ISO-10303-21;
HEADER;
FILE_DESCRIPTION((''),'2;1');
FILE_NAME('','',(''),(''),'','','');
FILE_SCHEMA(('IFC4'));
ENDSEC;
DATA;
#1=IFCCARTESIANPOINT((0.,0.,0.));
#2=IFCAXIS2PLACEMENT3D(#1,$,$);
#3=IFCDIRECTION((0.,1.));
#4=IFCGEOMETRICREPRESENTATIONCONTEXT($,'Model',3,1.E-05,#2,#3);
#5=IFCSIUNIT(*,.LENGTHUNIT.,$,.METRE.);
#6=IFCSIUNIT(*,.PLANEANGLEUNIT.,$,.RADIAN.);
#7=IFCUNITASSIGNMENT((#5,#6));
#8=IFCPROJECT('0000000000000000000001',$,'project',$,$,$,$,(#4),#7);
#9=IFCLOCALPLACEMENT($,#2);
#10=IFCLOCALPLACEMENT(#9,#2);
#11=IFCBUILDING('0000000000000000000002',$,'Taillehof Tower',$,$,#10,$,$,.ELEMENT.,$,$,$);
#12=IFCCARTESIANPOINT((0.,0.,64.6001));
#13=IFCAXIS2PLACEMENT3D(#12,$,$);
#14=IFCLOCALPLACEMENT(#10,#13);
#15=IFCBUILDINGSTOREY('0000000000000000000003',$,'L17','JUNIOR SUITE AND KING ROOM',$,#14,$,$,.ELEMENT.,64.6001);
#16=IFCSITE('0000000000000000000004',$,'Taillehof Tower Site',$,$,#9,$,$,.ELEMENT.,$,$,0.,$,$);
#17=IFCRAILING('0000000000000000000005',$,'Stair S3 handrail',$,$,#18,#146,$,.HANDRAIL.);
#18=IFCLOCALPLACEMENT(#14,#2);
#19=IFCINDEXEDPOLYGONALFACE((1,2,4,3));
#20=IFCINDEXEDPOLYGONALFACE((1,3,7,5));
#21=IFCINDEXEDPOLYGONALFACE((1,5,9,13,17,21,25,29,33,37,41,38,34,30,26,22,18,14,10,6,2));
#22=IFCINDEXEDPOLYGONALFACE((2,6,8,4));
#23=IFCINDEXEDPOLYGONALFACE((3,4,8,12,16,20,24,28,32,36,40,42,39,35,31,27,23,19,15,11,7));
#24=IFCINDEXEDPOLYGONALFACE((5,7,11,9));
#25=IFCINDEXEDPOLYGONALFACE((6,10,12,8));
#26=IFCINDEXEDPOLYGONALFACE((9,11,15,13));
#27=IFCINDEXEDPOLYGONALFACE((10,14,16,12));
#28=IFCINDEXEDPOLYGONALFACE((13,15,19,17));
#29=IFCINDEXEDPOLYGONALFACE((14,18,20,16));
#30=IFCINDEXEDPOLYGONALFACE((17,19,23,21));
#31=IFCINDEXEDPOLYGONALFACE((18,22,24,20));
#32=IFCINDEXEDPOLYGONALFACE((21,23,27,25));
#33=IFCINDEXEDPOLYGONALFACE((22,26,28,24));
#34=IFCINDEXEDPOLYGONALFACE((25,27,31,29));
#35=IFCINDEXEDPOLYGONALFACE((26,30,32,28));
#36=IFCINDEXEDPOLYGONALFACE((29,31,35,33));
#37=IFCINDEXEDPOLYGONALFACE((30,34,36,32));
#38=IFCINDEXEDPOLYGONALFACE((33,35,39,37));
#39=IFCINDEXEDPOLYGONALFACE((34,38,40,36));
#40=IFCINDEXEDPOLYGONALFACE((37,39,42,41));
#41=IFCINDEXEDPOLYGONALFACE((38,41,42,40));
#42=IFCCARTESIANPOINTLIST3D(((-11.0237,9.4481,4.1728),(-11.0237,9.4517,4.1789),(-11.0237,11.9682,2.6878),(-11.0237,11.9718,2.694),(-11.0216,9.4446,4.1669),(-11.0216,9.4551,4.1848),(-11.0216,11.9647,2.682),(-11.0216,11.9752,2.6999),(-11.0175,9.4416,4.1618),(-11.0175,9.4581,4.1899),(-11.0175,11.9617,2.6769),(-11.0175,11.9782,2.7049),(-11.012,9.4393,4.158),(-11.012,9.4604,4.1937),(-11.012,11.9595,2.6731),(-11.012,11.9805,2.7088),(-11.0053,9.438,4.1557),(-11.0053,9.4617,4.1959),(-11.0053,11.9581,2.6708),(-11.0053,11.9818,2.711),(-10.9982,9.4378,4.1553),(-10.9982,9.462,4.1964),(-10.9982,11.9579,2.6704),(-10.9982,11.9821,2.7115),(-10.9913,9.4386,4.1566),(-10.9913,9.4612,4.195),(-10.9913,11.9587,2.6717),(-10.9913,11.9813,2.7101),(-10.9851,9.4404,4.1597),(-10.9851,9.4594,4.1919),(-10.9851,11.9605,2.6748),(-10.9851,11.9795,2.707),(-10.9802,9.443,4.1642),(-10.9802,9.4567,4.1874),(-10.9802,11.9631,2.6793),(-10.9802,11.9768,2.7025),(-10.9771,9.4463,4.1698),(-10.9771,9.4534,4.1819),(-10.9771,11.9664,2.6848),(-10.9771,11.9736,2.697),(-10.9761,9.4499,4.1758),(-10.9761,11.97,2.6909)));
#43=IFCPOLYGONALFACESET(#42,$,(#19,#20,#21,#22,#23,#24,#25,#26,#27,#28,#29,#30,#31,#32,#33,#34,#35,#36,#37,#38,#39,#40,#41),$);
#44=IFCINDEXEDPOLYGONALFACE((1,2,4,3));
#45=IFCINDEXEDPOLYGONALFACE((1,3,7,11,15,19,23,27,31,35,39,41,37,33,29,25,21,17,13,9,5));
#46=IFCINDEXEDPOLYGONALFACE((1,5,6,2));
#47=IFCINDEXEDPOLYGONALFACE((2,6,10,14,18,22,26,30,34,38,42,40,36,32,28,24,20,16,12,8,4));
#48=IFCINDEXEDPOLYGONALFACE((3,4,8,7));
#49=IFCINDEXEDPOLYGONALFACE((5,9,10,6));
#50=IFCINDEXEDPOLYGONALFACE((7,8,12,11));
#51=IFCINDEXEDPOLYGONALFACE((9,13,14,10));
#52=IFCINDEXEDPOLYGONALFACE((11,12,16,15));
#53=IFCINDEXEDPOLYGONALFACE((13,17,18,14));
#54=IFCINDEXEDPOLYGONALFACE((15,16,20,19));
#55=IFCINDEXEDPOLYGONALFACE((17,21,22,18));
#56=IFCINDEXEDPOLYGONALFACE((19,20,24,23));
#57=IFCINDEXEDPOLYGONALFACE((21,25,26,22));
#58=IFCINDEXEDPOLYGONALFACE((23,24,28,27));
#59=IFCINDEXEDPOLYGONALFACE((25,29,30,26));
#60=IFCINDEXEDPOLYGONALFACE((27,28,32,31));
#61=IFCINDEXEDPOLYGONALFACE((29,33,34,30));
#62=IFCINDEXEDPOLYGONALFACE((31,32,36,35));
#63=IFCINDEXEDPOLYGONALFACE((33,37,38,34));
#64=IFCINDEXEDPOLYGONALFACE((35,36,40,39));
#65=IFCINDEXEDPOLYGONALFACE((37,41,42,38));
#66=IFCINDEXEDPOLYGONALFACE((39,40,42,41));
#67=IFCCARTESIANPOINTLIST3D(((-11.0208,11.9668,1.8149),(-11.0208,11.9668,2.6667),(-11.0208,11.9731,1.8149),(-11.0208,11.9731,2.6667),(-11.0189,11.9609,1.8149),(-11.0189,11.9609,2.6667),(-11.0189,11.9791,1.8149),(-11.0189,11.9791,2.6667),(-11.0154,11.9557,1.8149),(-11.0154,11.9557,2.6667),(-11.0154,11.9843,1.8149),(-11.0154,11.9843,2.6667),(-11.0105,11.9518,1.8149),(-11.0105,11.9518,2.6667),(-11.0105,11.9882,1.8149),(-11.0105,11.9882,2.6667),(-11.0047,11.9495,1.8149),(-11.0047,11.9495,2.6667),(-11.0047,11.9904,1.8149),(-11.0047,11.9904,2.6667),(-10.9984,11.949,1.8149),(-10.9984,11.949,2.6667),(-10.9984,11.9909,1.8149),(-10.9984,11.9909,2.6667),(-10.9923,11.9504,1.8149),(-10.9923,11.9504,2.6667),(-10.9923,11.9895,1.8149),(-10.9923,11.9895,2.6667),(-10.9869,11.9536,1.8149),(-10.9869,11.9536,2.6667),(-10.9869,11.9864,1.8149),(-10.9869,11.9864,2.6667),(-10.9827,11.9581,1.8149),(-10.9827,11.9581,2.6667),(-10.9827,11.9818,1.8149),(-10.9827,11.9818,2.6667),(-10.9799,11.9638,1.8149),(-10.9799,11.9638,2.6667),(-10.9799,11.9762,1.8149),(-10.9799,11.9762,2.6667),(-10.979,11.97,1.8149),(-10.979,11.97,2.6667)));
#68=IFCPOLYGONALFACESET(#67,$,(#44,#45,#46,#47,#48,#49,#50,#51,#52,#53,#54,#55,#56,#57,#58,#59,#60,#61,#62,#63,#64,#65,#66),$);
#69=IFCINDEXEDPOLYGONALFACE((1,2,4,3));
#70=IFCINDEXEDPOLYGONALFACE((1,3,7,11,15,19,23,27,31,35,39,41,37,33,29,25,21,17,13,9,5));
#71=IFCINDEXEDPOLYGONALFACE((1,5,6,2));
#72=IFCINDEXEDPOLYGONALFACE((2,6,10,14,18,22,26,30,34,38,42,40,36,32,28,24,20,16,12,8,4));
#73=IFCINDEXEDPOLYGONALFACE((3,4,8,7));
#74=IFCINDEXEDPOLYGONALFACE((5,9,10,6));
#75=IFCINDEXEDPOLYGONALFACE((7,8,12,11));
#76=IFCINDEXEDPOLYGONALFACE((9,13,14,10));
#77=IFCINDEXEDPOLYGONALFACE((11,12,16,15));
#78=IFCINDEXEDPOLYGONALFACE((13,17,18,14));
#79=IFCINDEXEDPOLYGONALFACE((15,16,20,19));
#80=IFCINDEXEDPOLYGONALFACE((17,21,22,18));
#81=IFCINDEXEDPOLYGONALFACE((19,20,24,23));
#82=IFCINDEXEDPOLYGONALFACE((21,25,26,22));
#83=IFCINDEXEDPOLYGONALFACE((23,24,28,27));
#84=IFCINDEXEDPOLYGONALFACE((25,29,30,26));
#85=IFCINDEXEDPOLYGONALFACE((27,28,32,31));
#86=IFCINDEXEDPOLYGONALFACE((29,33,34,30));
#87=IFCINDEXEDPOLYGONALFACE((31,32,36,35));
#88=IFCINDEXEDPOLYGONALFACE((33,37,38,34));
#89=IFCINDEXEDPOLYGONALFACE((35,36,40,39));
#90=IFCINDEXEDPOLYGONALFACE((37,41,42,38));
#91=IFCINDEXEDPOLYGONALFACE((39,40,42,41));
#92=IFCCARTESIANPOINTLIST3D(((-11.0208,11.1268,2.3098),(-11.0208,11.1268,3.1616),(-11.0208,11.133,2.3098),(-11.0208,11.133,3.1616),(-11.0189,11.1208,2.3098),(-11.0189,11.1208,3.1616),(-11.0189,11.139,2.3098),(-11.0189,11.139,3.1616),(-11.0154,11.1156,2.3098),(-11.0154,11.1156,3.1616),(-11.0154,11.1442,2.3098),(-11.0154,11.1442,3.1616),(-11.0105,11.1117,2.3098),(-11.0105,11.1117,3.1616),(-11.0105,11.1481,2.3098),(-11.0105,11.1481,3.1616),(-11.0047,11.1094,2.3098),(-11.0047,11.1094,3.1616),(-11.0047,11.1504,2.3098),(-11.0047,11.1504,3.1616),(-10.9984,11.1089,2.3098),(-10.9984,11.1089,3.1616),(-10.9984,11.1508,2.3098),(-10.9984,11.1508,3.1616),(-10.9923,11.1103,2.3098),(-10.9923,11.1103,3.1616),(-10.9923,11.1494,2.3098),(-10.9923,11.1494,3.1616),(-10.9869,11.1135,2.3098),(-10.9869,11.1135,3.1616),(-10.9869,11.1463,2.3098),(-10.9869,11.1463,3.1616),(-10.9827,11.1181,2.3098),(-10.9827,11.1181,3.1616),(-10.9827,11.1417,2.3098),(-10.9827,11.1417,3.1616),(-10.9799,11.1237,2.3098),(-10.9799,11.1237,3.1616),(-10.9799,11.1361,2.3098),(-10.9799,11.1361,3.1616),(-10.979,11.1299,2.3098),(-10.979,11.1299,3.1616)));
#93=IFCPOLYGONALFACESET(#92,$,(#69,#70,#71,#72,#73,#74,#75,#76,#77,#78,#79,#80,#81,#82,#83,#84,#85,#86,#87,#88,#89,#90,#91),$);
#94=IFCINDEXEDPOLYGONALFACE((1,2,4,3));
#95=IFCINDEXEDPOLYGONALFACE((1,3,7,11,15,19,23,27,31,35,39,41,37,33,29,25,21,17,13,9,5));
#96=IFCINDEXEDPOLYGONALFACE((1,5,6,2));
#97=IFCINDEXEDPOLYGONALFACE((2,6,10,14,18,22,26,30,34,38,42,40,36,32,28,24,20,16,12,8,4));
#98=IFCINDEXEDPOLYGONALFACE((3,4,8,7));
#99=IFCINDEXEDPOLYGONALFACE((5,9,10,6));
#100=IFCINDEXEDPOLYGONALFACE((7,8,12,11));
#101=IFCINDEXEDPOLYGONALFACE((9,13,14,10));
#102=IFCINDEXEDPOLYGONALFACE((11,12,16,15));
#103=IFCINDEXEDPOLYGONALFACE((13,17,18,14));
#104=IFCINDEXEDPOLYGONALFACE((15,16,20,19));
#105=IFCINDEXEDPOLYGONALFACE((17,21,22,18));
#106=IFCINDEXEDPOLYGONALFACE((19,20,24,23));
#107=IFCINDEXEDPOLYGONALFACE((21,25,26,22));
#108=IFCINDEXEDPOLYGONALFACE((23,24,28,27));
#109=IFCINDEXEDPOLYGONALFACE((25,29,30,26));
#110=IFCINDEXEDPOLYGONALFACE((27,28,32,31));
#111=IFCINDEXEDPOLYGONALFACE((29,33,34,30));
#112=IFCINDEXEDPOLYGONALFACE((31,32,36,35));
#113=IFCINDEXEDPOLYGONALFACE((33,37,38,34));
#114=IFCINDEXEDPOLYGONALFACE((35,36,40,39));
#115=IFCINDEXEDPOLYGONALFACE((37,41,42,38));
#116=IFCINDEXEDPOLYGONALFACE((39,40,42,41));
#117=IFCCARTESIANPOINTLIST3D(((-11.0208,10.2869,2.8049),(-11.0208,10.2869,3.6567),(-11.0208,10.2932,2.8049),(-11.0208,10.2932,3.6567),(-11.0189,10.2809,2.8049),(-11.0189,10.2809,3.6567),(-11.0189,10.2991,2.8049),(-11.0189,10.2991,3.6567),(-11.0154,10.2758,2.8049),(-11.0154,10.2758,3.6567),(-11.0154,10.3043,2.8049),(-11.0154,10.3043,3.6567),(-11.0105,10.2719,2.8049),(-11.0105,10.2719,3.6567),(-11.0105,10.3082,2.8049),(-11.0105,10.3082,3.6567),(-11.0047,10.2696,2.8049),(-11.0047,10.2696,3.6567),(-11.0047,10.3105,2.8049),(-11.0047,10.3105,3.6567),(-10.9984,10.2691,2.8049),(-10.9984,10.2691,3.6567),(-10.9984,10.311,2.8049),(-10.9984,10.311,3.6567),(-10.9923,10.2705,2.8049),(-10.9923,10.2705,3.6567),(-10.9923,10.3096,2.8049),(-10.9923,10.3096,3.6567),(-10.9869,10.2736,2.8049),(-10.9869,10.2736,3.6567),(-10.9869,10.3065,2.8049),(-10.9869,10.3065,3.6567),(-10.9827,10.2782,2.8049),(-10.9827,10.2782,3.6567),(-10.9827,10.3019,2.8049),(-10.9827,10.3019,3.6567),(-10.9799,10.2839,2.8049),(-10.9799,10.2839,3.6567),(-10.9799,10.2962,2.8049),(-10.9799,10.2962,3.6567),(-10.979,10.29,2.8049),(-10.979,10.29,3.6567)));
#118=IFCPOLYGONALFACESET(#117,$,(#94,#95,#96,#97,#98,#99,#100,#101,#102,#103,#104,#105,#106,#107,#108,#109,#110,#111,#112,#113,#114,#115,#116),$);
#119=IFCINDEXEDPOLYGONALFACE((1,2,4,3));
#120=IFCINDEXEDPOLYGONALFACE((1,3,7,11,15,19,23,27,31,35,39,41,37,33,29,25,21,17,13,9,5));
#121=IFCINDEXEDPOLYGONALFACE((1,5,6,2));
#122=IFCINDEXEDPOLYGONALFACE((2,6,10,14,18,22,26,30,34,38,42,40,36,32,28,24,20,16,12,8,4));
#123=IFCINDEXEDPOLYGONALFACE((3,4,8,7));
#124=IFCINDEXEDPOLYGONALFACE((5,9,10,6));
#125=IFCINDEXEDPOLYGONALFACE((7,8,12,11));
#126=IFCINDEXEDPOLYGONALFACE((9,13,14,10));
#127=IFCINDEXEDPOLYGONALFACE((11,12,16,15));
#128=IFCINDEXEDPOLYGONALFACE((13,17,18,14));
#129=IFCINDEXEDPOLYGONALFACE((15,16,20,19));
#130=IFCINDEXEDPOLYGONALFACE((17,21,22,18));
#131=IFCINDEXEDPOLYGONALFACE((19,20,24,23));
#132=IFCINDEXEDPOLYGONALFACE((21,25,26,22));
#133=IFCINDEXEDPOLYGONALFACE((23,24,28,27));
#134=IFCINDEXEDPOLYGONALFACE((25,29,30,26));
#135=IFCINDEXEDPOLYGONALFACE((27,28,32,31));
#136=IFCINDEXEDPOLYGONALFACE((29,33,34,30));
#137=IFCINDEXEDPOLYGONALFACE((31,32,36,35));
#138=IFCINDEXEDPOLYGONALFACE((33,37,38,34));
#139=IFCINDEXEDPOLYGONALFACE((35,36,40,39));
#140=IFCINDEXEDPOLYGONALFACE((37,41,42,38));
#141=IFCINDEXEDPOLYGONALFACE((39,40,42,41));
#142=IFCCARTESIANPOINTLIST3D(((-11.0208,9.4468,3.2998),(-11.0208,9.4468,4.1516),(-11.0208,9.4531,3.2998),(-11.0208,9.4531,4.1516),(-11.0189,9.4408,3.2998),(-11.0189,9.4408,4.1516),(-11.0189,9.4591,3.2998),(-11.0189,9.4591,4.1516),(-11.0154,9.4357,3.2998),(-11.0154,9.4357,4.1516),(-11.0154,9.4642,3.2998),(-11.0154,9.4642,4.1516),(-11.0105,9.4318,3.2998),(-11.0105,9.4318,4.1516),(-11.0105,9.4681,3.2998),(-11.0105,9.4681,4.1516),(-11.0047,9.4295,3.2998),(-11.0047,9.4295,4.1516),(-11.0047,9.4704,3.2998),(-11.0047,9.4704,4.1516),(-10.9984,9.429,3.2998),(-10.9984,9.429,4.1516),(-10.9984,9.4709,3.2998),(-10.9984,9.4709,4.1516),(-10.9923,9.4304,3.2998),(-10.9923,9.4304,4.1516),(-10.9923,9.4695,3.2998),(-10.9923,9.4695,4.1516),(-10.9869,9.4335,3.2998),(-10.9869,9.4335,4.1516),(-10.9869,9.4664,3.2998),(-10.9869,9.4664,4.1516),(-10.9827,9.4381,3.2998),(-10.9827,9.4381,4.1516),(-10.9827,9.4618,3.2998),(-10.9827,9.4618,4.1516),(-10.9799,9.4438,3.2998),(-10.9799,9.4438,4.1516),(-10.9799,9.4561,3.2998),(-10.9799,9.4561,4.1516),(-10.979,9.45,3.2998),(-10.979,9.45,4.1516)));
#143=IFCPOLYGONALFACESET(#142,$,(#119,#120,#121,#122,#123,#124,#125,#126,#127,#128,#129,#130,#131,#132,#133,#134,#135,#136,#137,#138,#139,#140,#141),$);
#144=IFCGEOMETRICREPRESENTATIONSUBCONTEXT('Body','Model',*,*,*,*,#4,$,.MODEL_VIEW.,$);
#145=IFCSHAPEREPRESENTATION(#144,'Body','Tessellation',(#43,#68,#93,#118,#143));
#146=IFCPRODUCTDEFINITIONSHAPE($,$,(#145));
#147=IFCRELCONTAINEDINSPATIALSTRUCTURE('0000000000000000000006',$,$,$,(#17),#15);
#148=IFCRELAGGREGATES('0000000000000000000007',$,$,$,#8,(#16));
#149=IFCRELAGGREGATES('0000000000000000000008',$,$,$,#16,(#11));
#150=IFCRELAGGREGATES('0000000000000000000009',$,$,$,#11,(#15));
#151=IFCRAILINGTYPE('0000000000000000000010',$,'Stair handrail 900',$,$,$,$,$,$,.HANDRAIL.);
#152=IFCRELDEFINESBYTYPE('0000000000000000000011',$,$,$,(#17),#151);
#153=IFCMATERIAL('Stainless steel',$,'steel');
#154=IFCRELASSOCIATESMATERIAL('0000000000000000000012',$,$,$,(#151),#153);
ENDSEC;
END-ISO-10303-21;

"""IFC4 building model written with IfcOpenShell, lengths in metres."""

from ifc_helpers import new_model, si_unit, direction, frame, origin, origin_2d, place, context, subcontext, project, spatial, circle, extrude, material, type_object, element, save


model = new_model("IFC4")

# Units and contexts
model_context = context("Model", 3, precision=1e-05, world=origin(), true_north=direction((0.0, 1.0)))
body_context = subcontext(model_context, "Body", "Model", "MODEL_VIEW")
ifc_project = project(units=[si_unit("LENGTHUNIT", "METRE"), si_unit("PLANEANGLEUNIT", "RADIAN")], contexts=[model_context])

# Site, building, storey
site_placement = place(None, origin())
site = spatial("IfcSite", under=ifc_project, at=site_placement, Name="Taillehof Tower Site", CompositionType="ELEMENT", RefElevation=0.0)
building_placement = place(site_placement, origin())
building = spatial("IfcBuilding", under=site, at=building_placement, Name="Taillehof Tower", CompositionType="ELEMENT")
storey_placement = place(building_placement, frame((0.0, 0.0, 64.6001)))
storey = spatial("IfcBuildingStorey", under=building, at=storey_placement, Name="L17", Description="JUNIOR SUITE AND KING ROOM", CompositionType="ELEMENT", Elevation=64.6001)

# Railing
ifc_material_1 = material(Name="Stainless steel", Category="steel")
railing_type = type_object("IfcRailingType", Name="Stair handrail 900", PredefinedType="HANDRAIL", material=ifc_material_1)
railing_1_placement = place(storey_placement, frame((-11.0, 11.97, 1.8149)))
element("IfcRailing", 1, at=railing_1_placement, inside=storey, type_object=railing_type, Name="Stair S3 handrail", PredefinedType="HANDRAIL", context=body_context, shape_type="SweptSolid", body=[
    extrude(circle(Radius=0.0239, at=origin_2d()), frame((0.0, 0.0, 0.876), z_axis=(0.0, -0.861561, 0.507655), x_axis=(1.0, 0.0, 0.0)), (0.0, 0.0, 1.0), 2.925),
    extrude(circle(Radius=0.021, at=origin_2d()), origin(), (0.0, 0.0, 1.0), 0.8518),
    extrude(circle(Radius=0.021, at=origin_2d()), frame((0.0, -0.8401, 0.4949)), (0.0, 0.0, 1.0), 0.8518),
    extrude(circle(Radius=0.021, at=origin_2d()), frame((0.0, -1.6799, 0.99)), (0.0, 0.0, 1.0), 0.8518),
    extrude(circle(Radius=0.021, at=origin_2d()), frame((0.0, -2.52, 1.4849)), (0.0, 0.0, 1.0), 0.8518),
])

save(model, "model.ifc")
